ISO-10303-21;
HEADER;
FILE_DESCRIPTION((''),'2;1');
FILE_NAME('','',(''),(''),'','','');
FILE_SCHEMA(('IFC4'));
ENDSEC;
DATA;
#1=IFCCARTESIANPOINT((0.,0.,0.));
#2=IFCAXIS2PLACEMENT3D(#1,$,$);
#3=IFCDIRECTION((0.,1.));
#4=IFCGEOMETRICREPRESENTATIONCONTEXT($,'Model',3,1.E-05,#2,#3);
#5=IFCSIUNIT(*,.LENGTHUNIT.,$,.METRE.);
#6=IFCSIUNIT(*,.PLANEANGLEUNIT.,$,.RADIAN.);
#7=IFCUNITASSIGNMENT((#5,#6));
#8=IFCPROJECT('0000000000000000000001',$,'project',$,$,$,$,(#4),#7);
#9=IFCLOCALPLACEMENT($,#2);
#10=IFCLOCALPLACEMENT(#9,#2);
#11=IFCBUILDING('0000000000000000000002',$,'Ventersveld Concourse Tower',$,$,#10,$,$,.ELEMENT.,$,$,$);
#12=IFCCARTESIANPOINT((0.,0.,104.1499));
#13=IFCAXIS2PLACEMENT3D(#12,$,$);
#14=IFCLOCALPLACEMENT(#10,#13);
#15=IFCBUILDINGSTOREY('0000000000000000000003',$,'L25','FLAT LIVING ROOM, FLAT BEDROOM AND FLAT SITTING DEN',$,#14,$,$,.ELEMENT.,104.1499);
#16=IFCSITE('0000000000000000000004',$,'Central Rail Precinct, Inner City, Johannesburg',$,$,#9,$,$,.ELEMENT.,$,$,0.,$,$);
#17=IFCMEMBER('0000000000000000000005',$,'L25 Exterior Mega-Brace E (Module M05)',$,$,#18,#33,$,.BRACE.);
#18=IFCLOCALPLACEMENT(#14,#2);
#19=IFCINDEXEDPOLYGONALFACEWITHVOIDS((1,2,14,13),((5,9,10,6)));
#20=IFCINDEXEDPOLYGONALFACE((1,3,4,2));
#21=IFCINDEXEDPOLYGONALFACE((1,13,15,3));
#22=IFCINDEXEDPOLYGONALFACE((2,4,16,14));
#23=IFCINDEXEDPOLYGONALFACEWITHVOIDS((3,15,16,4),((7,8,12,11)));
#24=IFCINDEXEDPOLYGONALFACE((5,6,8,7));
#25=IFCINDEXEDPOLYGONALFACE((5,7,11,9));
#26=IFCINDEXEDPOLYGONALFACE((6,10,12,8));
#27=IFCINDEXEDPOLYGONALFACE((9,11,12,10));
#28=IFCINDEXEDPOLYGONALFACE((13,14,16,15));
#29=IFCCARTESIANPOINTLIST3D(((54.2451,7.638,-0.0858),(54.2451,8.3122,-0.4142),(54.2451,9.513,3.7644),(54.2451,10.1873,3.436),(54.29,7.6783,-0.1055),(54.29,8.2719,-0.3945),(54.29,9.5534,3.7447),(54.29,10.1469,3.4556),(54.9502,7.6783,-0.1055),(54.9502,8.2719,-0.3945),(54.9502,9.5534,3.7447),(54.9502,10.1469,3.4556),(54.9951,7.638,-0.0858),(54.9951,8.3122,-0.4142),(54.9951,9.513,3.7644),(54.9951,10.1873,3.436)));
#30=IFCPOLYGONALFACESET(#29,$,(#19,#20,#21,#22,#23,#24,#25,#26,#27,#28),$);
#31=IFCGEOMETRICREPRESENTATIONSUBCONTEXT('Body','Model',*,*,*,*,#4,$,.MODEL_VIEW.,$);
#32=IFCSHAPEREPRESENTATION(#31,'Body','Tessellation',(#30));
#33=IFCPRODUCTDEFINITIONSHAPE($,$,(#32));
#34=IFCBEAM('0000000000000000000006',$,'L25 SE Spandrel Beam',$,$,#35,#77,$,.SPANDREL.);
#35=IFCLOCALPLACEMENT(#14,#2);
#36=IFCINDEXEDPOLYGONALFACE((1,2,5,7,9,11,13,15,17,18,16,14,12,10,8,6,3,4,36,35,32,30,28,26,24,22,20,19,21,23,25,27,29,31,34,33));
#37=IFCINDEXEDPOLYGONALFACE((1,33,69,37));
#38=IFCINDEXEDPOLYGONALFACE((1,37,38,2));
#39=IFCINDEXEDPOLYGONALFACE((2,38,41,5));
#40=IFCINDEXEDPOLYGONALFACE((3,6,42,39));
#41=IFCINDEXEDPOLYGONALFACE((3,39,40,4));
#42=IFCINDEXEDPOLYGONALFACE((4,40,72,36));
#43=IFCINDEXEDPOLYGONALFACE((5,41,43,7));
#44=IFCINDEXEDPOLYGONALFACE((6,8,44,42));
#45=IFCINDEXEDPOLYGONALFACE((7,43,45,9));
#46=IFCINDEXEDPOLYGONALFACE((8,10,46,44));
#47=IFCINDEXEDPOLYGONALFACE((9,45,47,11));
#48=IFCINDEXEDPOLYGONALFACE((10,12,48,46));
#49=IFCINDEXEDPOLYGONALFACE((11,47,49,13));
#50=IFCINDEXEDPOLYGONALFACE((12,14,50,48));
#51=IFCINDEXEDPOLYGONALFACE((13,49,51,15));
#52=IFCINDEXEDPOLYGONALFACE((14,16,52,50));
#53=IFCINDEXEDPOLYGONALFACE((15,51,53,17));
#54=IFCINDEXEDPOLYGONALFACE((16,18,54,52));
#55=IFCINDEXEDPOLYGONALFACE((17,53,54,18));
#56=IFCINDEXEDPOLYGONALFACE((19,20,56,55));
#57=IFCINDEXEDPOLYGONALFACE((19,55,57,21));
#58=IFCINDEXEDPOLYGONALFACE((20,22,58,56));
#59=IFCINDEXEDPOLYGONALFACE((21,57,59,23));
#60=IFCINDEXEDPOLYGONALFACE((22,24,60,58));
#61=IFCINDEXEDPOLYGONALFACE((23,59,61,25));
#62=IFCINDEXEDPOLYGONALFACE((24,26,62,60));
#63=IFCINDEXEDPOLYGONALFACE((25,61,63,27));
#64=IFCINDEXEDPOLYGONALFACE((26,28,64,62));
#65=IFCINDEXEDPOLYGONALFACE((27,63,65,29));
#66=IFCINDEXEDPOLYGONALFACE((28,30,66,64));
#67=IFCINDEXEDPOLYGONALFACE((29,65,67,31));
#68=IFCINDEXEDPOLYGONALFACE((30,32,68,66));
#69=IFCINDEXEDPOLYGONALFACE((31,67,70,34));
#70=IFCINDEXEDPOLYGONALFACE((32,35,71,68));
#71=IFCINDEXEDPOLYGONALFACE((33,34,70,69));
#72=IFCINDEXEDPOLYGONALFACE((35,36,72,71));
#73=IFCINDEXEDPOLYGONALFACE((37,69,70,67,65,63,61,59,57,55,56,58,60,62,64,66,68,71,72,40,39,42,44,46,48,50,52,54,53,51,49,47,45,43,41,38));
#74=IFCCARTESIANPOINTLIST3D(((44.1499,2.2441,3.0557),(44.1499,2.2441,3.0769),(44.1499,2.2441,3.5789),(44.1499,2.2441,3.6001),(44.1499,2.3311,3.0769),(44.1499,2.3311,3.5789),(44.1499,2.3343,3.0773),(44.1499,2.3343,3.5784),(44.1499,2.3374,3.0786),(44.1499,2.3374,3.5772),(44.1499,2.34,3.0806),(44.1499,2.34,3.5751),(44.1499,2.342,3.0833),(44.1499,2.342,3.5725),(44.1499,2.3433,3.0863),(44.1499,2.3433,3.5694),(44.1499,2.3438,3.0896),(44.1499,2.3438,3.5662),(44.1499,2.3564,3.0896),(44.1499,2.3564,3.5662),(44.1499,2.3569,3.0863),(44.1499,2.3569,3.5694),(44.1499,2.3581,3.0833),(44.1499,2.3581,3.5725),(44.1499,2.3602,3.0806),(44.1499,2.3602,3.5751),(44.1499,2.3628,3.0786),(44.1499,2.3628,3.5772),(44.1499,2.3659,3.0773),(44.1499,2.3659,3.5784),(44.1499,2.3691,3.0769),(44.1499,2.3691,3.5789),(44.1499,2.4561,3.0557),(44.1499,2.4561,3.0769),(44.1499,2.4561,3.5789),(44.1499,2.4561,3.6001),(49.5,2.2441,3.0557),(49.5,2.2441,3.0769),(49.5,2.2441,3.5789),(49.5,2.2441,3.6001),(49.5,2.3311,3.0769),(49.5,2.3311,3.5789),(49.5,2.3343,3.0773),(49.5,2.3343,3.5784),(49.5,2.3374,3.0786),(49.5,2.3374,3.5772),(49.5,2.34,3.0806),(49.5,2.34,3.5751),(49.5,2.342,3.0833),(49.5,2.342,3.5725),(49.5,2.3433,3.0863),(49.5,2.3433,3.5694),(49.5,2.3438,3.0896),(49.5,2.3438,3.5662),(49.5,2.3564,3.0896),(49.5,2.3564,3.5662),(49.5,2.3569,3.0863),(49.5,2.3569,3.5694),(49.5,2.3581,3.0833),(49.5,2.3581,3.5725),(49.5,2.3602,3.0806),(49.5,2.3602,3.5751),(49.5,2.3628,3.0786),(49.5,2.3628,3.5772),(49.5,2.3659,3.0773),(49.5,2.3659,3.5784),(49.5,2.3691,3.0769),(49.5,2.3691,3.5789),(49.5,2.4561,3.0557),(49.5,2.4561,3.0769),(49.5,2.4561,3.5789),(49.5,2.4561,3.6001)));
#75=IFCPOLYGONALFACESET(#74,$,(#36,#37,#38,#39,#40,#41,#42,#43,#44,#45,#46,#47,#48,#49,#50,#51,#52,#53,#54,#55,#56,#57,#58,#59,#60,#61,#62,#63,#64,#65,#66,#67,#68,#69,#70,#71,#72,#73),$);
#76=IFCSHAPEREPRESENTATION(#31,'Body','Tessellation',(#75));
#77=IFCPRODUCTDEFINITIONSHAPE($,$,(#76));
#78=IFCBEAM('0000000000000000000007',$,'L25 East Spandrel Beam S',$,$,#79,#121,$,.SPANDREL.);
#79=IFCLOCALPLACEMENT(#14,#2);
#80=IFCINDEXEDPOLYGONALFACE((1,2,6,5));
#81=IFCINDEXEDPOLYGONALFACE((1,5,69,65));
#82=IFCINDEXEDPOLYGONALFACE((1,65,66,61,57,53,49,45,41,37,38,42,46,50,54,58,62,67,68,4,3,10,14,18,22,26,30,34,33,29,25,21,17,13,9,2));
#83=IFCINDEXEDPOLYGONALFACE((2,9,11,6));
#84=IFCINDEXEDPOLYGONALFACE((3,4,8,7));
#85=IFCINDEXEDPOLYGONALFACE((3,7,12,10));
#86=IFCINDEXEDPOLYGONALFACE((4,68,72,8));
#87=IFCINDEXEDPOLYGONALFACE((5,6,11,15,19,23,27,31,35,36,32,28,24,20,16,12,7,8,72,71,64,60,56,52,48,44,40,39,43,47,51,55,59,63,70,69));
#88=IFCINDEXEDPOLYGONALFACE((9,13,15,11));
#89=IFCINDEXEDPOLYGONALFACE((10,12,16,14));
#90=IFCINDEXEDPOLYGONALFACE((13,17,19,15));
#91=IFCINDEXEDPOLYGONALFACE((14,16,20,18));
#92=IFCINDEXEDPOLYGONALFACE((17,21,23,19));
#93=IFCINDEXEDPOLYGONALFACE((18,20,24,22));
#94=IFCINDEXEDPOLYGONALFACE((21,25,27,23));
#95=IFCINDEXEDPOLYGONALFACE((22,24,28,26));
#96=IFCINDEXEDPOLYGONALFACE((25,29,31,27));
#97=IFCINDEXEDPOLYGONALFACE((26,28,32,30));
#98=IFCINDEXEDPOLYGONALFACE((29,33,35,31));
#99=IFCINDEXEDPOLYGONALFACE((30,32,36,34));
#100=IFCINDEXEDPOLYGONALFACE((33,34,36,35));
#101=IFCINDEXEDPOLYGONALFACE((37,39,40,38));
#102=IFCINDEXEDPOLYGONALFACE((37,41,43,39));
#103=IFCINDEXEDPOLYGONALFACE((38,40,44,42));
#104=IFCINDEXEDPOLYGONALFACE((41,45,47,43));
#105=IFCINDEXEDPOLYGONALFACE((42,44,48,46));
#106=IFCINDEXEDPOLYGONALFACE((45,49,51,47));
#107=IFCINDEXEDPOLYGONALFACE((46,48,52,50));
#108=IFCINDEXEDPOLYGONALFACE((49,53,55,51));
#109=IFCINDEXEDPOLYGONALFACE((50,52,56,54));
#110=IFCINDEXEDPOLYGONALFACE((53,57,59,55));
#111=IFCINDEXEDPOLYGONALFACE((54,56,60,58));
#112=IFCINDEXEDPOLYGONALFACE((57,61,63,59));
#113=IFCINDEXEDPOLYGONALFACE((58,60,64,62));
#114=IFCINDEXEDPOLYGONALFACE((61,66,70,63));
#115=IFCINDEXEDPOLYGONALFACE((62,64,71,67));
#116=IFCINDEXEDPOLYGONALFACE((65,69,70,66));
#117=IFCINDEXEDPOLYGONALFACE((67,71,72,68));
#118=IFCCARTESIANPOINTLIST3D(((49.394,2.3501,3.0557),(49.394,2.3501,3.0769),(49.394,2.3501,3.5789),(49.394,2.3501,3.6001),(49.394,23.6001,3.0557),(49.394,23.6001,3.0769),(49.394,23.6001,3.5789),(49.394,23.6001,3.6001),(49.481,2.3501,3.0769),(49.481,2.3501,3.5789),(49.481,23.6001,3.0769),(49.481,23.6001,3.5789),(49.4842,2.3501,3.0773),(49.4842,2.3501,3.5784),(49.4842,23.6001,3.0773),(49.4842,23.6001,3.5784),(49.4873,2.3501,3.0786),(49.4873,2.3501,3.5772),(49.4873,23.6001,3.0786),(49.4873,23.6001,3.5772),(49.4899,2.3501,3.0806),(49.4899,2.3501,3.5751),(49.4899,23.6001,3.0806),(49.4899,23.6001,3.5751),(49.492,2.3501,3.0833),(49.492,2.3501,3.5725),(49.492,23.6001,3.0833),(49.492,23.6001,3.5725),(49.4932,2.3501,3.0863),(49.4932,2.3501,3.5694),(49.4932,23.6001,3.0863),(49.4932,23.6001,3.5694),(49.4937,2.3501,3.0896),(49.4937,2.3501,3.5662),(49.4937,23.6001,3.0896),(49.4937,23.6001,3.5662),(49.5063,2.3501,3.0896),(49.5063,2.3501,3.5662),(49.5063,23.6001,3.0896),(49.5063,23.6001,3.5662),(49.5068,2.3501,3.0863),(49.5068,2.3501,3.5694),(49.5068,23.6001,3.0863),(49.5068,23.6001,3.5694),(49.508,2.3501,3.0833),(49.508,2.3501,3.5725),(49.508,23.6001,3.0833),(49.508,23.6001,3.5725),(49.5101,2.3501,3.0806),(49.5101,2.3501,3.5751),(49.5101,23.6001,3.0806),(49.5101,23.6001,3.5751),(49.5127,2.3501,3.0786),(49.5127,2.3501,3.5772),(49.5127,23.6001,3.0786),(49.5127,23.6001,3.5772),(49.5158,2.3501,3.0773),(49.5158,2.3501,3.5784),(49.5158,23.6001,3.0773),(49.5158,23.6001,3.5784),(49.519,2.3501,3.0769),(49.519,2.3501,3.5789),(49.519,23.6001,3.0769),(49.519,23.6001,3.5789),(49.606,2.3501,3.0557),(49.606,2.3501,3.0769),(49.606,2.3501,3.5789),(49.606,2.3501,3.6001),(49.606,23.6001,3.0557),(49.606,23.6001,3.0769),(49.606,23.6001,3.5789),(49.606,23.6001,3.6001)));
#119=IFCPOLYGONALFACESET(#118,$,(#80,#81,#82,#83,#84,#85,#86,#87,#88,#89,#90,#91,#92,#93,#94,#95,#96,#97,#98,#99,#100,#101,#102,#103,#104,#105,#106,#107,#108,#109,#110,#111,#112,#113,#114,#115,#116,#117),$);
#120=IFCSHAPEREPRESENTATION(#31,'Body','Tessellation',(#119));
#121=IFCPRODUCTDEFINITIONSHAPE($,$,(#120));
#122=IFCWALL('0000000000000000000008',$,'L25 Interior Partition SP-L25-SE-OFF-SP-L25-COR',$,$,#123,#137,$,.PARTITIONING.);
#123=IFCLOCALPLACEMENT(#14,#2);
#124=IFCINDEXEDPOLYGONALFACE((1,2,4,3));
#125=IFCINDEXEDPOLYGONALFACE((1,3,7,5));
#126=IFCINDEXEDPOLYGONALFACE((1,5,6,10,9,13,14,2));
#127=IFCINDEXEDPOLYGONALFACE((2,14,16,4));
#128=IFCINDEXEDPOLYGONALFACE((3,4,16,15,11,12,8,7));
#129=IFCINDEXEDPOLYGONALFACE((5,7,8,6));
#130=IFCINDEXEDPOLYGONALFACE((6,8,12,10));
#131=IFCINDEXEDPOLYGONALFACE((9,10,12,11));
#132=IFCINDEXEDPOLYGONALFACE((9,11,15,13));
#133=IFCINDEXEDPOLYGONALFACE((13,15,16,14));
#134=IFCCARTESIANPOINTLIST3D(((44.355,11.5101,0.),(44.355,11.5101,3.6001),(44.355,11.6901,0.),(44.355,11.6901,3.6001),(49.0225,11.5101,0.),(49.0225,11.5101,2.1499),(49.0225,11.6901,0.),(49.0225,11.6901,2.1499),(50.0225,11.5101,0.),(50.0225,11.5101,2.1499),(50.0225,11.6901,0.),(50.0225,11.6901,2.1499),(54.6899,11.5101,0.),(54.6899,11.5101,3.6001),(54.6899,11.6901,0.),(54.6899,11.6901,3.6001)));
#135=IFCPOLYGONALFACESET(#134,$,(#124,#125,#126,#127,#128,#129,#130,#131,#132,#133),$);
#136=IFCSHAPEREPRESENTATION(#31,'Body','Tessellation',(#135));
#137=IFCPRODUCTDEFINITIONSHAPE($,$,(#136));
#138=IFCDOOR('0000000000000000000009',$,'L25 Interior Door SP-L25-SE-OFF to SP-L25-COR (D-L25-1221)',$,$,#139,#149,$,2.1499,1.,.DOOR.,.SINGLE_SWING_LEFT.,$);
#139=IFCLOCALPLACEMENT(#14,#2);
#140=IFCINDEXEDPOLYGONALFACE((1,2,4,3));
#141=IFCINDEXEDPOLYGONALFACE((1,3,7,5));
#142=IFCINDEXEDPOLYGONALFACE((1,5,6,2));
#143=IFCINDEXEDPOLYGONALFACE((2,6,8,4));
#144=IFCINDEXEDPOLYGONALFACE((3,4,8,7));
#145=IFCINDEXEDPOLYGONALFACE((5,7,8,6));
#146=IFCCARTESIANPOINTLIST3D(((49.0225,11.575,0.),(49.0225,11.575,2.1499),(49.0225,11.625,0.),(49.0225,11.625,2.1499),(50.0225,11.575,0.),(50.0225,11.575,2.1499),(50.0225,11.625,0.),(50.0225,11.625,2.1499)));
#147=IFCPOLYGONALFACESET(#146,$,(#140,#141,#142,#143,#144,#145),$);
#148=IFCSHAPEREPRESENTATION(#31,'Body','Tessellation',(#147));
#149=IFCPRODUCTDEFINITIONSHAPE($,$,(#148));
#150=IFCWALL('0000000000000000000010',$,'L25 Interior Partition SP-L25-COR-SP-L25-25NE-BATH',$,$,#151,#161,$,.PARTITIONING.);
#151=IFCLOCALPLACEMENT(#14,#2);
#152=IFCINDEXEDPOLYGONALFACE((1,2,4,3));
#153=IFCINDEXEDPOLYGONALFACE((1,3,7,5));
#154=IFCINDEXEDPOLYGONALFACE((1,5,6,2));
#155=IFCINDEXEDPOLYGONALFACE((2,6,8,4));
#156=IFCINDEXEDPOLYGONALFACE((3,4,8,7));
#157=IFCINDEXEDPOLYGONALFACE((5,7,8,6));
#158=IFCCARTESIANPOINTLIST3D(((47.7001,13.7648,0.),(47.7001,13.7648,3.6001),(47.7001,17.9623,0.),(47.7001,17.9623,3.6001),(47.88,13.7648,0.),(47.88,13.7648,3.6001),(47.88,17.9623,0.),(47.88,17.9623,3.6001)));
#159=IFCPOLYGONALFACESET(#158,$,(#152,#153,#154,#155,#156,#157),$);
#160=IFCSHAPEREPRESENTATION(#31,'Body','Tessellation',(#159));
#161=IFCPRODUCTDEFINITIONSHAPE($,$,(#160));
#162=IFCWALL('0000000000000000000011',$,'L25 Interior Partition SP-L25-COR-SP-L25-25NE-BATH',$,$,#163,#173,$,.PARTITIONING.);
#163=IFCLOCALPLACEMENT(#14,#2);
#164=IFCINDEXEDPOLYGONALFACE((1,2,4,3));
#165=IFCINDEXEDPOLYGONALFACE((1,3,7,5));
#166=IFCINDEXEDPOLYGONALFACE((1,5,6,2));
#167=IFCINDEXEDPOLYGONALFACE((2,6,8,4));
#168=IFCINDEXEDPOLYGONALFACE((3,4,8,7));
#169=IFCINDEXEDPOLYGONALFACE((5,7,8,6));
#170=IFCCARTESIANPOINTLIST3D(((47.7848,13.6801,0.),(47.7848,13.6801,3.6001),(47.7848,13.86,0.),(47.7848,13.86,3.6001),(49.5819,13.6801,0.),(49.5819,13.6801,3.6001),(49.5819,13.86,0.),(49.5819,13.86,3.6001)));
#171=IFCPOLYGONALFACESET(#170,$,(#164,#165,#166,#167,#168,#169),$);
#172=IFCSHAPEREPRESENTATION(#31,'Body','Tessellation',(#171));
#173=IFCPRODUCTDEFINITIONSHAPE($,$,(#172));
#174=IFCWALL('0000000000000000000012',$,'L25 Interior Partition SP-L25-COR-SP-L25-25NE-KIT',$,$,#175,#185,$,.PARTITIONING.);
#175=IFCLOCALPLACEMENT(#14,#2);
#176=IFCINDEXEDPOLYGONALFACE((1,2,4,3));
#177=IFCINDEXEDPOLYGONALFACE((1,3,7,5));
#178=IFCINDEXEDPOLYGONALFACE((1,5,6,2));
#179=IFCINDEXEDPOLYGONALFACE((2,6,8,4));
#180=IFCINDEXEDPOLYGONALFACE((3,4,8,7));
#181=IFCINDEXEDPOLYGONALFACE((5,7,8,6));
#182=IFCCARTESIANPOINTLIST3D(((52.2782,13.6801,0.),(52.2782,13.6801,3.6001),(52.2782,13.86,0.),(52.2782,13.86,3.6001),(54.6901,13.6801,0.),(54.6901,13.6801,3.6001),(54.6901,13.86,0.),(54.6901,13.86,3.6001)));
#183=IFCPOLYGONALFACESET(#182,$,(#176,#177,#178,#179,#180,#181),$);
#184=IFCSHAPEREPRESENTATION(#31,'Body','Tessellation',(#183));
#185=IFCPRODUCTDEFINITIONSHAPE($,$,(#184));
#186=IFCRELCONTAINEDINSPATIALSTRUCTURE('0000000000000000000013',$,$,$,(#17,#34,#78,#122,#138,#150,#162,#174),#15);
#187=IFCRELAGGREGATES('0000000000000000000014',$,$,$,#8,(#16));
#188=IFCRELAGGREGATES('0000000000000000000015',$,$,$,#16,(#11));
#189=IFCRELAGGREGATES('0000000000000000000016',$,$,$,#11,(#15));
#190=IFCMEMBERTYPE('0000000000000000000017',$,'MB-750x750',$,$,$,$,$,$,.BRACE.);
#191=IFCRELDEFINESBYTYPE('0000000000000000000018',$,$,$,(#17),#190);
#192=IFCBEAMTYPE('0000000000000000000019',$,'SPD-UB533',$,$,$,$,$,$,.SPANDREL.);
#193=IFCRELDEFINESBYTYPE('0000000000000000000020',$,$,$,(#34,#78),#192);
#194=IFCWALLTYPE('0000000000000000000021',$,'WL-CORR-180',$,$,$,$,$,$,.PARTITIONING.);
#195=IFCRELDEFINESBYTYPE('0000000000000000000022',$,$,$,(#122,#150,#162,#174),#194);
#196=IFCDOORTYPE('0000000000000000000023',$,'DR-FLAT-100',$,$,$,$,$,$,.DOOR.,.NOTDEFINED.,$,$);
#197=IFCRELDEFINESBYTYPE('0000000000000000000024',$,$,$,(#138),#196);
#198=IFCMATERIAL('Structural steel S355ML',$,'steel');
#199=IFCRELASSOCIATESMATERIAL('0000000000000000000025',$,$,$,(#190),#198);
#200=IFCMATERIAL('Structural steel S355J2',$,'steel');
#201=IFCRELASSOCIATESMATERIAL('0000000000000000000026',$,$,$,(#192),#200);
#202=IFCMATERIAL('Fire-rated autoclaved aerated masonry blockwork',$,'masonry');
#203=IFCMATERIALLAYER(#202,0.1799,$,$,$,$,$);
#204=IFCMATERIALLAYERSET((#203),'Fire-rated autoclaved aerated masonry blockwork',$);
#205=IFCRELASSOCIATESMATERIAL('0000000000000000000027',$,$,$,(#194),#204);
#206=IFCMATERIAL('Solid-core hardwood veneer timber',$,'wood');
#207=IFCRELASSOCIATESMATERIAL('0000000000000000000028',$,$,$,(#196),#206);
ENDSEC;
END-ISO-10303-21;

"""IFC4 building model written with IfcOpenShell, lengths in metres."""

from ifc_helpers import new_model, si_unit, direction, frame, frame_2d, origin, origin_2d, place, context, subcontext, project, spatial, rectangle, hollow_rectangle, i_section, extrude, material, layer, layer_set, material_profile, profile_set, type_object, element, fill, save


model = new_model("IFC4")

# Units and contexts
model_context = context("Model", 3, precision=1e-05, world=origin(), true_north=direction((0.0, 1.0)))
body_context = subcontext(model_context, "Body", "Model", "MODEL_VIEW")
ifc_project = project(units=[si_unit("LENGTHUNIT", "METRE"), si_unit("PLANEANGLEUNIT", "RADIAN")], contexts=[model_context])

# Site, building, storey
site_placement = place(None, origin())
site = spatial("IfcSite", under=ifc_project, at=site_placement, Name="Central Rail Precinct, Inner City, Johannesburg", CompositionType="ELEMENT", RefElevation=0.0)
building_placement = place(site_placement, origin())
building = spatial("IfcBuilding", under=site, at=building_placement, Name="Ventersveld Concourse Tower", CompositionType="ELEMENT")
storey_placement = place(building_placement, frame((0.0, 0.0, 104.1499)))
storey = spatial("IfcBuildingStorey", under=building, at=storey_placement, Name="L25", Description="FLAT LIVING ROOM, FLAT BEDROOM AND FLAT SITTING DEN", CompositionType="ELEMENT", Elevation=104.1499)

# Shared definitions
ifc_material_1 = material(Name="Structural steel S355J2", Category="steel")

# Member
ifc_material_2 = material(Name="Structural steel S355ML", Category="steel")
ifc_material_profile_1 = material_profile(ifc_material_2, hollow_rectangle(XDim=0.75, YDim=0.75, WallThickness=0.0449, at=origin_2d()), Name="BOX 750x750x45")
ifc_profile_set_1 = profile_set([ifc_material_profile_1], Name="Structural steel S355ML")
member_type = type_object("IfcMemberType", Name="MB-750x750", PredefinedType="BRACE", material=ifc_profile_set_1)
member_placement = place(storey_placement, frame((54.6201, 7.9751, -0.25), z_axis=(0.0, 0.437839, 0.899053), x_axis=(-1.0, 0.0, 0.0)))
element("IfcMember", 1, at=member_placement, inside=storey, type_object=member_type, Name="L25 Exterior Mega-Brace E (Module M05)", PredefinedType="BRACE", context=body_context, shape_type="SweptSolid", body=[
    extrude(hollow_rectangle(XDim=0.75, YDim=0.75, WallThickness=0.0449, at=origin_2d()), origin(), (0.0, 0.0, 1.0), 4.2825),
])

# Beams
ifc_material_profile_2 = material_profile(ifc_material_1, i_section(OverallWidth=0.2119, OverallDepth=0.5444, WebThickness=0.0127, FlangeThickness=0.0212, FilletRadius=0.0127, at=origin_2d()), Name="UB 533x210x122")
ifc_profile_set_2 = profile_set([ifc_material_profile_2], Name="Structural steel S355J2")
beam_type_1 = type_object("IfcBeamType", Name="SPD-UB533", PredefinedType="SPANDREL", material=ifc_profile_set_2)
beam_1_placement = place(storey_placement, frame((44.1499, 2.3501, 3.3279), z_axis=(1.0, 0.0, 0.0), x_axis=(0.0, 1.0, 0.0)))
element("IfcBeam", 2, at=beam_1_placement, inside=storey, type_object=beam_type_1, Name="L25 SE Spandrel Beam", PredefinedType="SPANDREL", context=body_context, shape_type="SweptSolid", body=[
    extrude(i_section(OverallWidth=0.2119, OverallDepth=0.5444, WebThickness=0.0127, FlangeThickness=0.0212, FilletRadius=0.0127, at=origin_2d()), origin(), (0.0, 0.0, 1.0), 5.3501),
])
beam_2_placement = place(storey_placement, frame((49.5, 2.3501, 3.3279), z_axis=(0.0, 1.0, 0.0), x_axis=(-1.0, 0.0, 0.0)))
element("IfcBeam", 3, at=beam_2_placement, inside=storey, type_object=beam_type_1, Name="L25 East Spandrel Beam S", PredefinedType="SPANDREL", context=body_context, shape_type="SweptSolid", body=[
    extrude(i_section(OverallWidth=0.2119, OverallDepth=0.5444, WebThickness=0.0127, FlangeThickness=0.0212, FilletRadius=0.0127, at=origin_2d()), origin(), (0.0, 0.0, 1.0), 21.25),
])

# Wall, opening, door
ifc_material_3 = material(Name="Fire-rated autoclaved aerated masonry blockwork", Category="masonry")
ifc_layer_1 = layer(ifc_material_3, 0.1799)
ifc_layer_set_1 = layer_set([ifc_layer_1], Name="Fire-rated autoclaved aerated masonry blockwork")
wall_type_1 = type_object("IfcWallType", Name="WL-CORR-180", PredefinedType="PARTITIONING", material=ifc_layer_set_1)
wall_1_placement = place(storey_placement, frame((44.355, 11.6001, 0.0), z_axis=(0.0, 0.0, 1.0), x_axis=(1.0, 0.0, 0.0)))
wall_1 = element("IfcWall", 4, at=wall_1_placement, inside=storey, type_object=wall_type_1, Name="L25 Interior Partition SP-L25-SE-OFF-SP-L25-COR", PredefinedType="PARTITIONING", context=body_context, shape_type="SweptSolid", body=[
    extrude(rectangle(XDim=10.335, YDim=0.1799, at=frame_2d((5.1675, 0.0))), origin(), (0.0, 0.0, 1.0), 3.6001),
])
opening_1_placement = place(wall_1_placement, frame((4.6675, 0.0, 0.0)))
opening_1 = element("IfcOpeningElement", 5, at=opening_1_placement, cuts=wall_1, PredefinedType="OPENING", context=body_context, shape_type="SweptSolid", body=[
    extrude(rectangle(XDim=1.0, YDim=2.1499, at=frame_2d((0.5, 1.075))), frame((0.0, 0.1001, 0.0), z_axis=(0.0, -1.0, 0.0), x_axis=(1.0, 0.0, 0.0)), (0.0, 0.0, 1.0), 0.2),
])
ifc_material_4 = material(Name="Solid-core hardwood veneer timber", Category="wood")
door_type_1 = type_object("IfcDoorType", Name="DR-FLAT-100", OperationType="NOTDEFINED", PredefinedType="DOOR", material=ifc_material_4)
door_1_placement = place(opening_1_placement, origin())
door_1 = element("IfcDoor", 6, at=door_1_placement, inside=storey, type_object=door_type_1, Name="L25 Interior Door SP-L25-SE-OFF to SP-L25-COR (D-L25-1221)", OperationType="SINGLE_SWING_LEFT", OverallHeight=2.1499, OverallWidth=1.0, PredefinedType="DOOR", context=body_context, shape_type="SweptSolid", body=[
    extrude(rectangle(XDim=1.0, YDim=2.1499, at=frame_2d((0.5, 1.075))), frame((0.0, 0.0249, 0.0), z_axis=(0.0, -1.0, 0.0), x_axis=(1.0, 0.0, 0.0)), (0.0, 0.0, 1.0), 0.05),
])
fill(opening_1, door_1)

# Walls
wall_2_placement = place(storey_placement, frame((47.79, 13.7649, 0.0), z_axis=(0.0, 0.0, 1.0), x_axis=(0.0, 1.0, 0.0)))
element("IfcWall", 7, at=wall_2_placement, inside=storey, type_object=wall_type_1, Name="L25 Interior Partition SP-L25-COR-SP-L25-25NE-BATH", PredefinedType="PARTITIONING", context=body_context, shape_type="SweptSolid", body=[
    extrude(rectangle(XDim=4.1975, YDim=0.1799, at=frame_2d((2.0986, 0.0))), origin(), (0.0, 0.0, 1.0), 3.6001),
])
wall_3_placement = place(storey_placement, frame((47.7849, 13.77, 0.0), z_axis=(0.0, 0.0, 1.0), x_axis=(1.0, 0.0, 0.0)))
element("IfcWall", 8, at=wall_3_placement, inside=storey, type_object=wall_type_1, Name="L25 Interior Partition SP-L25-COR-SP-L25-25NE-BATH", PredefinedType="PARTITIONING", context=body_context, shape_type="SweptSolid", body=[
    extrude(rectangle(XDim=1.7971, YDim=0.1799, at=frame_2d((0.8984, 0.0))), origin(), (0.0, 0.0, 1.0), 3.6001),
])
wall_4_placement = place(storey_placement, frame((52.2781, 13.77, 0.0), z_axis=(0.0, 0.0, 1.0), x_axis=(1.0, 0.0, 0.0)))
element("IfcWall", 9, at=wall_4_placement, inside=storey, type_object=wall_type_1, Name="L25 Interior Partition SP-L25-COR-SP-L25-25NE-KIT", PredefinedType="PARTITIONING", context=body_context, shape_type="SweptSolid", body=[
    extrude(rectangle(XDim=2.4119, YDim=0.1799, at=frame_2d((1.2061, 0.0))), origin(), (0.0, 0.0, 1.0), 3.6001),
])

save(model, "model.ifc")
